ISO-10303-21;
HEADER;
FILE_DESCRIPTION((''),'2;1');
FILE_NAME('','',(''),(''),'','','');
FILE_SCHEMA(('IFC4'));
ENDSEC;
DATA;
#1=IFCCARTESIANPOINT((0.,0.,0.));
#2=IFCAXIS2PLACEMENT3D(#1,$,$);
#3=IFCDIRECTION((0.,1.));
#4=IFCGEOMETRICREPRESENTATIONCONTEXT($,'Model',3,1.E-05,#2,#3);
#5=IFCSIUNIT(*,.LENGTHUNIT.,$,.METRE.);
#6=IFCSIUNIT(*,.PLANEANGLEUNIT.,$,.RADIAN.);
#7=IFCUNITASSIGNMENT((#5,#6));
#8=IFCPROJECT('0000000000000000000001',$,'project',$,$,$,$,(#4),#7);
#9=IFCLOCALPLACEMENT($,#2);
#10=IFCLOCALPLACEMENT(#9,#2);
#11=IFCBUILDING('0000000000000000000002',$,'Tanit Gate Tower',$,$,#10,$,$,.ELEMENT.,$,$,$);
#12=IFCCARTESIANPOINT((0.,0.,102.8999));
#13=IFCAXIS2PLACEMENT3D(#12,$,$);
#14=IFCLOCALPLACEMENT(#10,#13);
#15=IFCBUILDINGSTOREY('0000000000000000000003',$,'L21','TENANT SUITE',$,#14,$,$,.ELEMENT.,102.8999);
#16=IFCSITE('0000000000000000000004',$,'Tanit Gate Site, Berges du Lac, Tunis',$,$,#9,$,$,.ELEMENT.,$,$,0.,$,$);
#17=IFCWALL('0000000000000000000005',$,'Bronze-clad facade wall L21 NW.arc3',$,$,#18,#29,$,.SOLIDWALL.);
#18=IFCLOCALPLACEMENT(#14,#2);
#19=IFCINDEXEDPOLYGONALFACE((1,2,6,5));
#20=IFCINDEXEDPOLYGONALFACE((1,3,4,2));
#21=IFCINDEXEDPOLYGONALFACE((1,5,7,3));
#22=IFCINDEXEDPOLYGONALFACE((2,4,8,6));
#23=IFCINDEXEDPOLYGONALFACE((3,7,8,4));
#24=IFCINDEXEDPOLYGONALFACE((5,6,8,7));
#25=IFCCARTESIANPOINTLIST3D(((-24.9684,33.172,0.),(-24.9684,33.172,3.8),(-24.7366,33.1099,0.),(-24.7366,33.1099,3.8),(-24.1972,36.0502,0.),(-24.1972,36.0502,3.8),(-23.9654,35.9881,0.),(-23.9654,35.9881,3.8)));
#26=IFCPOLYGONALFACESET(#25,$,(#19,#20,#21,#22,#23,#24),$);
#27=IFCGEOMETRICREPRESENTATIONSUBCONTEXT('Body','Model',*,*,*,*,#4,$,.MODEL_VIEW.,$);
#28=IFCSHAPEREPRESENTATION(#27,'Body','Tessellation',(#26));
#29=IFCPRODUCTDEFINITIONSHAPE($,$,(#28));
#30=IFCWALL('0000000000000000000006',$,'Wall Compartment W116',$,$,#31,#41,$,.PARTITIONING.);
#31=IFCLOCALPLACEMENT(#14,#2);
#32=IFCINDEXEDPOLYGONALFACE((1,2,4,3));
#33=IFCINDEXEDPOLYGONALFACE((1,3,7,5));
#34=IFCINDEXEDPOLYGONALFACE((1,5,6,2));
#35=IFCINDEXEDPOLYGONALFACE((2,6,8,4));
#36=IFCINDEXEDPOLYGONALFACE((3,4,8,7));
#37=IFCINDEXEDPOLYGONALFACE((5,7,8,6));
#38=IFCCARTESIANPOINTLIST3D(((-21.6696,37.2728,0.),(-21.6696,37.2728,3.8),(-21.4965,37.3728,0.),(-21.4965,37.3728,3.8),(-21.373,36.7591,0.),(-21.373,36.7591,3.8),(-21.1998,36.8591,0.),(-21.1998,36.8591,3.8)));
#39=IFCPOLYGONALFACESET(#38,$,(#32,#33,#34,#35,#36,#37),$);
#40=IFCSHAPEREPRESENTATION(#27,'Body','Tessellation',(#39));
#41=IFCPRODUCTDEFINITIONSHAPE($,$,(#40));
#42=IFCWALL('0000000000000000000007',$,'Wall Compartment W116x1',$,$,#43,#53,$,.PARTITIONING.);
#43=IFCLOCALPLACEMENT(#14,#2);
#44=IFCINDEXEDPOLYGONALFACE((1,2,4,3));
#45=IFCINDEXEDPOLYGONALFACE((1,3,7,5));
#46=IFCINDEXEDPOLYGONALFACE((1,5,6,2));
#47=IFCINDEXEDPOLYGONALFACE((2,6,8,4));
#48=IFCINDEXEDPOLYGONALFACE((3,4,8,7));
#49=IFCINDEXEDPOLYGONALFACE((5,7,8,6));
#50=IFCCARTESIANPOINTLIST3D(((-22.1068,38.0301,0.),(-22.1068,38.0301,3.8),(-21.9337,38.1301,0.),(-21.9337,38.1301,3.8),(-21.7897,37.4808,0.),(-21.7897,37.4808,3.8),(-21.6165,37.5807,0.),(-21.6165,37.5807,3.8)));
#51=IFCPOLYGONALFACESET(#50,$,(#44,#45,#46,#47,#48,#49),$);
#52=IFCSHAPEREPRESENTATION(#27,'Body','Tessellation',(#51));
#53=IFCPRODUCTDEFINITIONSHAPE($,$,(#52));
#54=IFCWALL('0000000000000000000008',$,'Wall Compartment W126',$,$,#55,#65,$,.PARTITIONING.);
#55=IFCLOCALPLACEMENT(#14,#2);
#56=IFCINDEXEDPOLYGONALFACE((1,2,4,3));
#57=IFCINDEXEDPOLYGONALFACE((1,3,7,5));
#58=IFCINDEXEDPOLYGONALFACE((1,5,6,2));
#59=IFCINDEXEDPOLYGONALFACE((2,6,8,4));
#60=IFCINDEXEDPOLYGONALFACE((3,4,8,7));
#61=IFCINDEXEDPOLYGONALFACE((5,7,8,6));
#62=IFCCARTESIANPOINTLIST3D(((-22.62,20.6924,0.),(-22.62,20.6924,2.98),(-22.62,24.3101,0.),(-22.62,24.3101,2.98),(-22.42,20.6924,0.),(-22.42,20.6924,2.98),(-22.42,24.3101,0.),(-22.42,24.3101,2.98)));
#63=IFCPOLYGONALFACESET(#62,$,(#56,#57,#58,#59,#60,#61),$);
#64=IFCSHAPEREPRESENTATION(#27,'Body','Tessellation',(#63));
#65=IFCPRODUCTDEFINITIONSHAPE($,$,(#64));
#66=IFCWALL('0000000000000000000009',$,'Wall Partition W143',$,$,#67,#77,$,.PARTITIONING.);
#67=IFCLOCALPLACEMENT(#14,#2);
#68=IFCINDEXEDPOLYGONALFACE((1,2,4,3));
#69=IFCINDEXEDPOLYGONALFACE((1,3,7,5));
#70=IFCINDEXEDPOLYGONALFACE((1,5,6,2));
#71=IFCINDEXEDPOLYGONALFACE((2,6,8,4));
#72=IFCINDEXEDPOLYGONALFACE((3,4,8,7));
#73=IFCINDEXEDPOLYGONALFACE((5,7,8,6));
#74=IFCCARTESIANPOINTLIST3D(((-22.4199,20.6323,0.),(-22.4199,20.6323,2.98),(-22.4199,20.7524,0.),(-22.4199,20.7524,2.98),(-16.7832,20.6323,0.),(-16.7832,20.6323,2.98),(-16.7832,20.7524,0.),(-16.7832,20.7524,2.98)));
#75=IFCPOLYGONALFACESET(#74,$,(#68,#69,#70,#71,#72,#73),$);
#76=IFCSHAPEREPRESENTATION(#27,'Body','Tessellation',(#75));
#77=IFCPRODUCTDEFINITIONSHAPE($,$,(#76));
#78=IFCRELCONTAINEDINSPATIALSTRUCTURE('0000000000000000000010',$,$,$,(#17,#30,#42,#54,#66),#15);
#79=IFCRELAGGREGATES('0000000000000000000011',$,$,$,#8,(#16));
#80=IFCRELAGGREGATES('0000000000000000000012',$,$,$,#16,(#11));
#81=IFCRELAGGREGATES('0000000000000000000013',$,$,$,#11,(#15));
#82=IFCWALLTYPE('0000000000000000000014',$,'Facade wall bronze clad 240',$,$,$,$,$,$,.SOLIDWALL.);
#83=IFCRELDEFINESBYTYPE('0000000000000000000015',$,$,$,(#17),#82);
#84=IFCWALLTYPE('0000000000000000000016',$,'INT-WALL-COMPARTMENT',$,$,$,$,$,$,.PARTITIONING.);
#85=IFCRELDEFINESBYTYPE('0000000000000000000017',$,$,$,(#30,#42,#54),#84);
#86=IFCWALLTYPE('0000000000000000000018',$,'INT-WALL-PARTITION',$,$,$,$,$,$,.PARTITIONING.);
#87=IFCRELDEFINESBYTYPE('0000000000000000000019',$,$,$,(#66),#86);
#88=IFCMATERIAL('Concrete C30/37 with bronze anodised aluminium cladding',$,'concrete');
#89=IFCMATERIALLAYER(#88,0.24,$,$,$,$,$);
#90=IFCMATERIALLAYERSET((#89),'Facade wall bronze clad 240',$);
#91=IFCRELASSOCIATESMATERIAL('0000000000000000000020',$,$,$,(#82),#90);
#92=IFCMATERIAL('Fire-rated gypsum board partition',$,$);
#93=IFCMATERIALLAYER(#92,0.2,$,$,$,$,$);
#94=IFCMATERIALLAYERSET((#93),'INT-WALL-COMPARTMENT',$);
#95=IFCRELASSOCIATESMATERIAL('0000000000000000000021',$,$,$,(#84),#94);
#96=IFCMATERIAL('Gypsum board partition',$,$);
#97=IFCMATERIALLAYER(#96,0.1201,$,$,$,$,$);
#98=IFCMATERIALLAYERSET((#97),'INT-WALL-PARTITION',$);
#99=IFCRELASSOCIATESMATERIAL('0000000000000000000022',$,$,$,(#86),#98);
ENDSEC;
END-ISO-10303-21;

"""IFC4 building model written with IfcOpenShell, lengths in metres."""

from ifc_helpers import new_model, si_unit, direction, frame, frame_2d, origin, place, context, subcontext, project, spatial, rectangle, extrude, material, layer, layer_set, type_object, element, save


model = new_model("IFC4")

# Units and contexts
model_context = context("Model", 3, precision=1e-05, world=origin(), true_north=direction((0.0, 1.0)))
body_context = subcontext(model_context, "Body", "Model", "MODEL_VIEW")
ifc_project = project(units=[si_unit("LENGTHUNIT", "METRE"), si_unit("PLANEANGLEUNIT", "RADIAN")], contexts=[model_context])

# Site, building, storey
site_placement = place(None, origin())
site = spatial("IfcSite", under=ifc_project, at=site_placement, Name="Tanit Gate Site, Berges du Lac, Tunis", CompositionType="ELEMENT", RefElevation=0.0)
building_placement = place(site_placement, origin())
building = spatial("IfcBuilding", under=site, at=building_placement, Name="Tanit Gate Tower", CompositionType="ELEMENT")
storey_placement = place(building_placement, frame((0.0, 0.0, 102.8999)))
storey = spatial("IfcBuildingStorey", under=building, at=storey_placement, Name="L21", Description="TENANT SUITE", CompositionType="ELEMENT", Elevation=102.8999)

# Walls
ifc_material_1 = material(Name="Concrete C30/37 with bronze anodised aluminium cladding", Category="concrete")
ifc_layer_1 = layer(ifc_material_1, 0.24)
ifc_layer_set_1 = layer_set([ifc_layer_1], Name="Facade wall bronze clad 240")
wall_type_1 = type_object("IfcWallType", Name="Facade wall bronze clad 240", PredefinedType="SOLIDWALL", material=ifc_layer_set_1)
wall_1_placement = place(storey_placement, frame((-24.0813, 36.019, 0.0), z_axis=(0.0, 0.0, 1.0), x_axis=(-0.25883, -0.965923, 0.0)))
element("IfcWall", 1, at=wall_1_placement, inside=storey, type_object=wall_type_1, Name="Bronze-clad facade wall L21 NW.arc3", PredefinedType="SOLIDWALL", context=body_context, shape_type="SweptSolid", body=[
    extrude(rectangle(XDim=2.9797, YDim=0.24, at=frame_2d((1.4897, 0.0))), origin(), (0.0, 0.0, 1.0), 3.8),
])
ifc_material_2 = material(Name="Fire-rated gypsum board partition")
ifc_layer_2 = layer(ifc_material_2, 0.2)
ifc_layer_set_2 = layer_set([ifc_layer_2], Name="INT-WALL-COMPARTMENT")
wall_type_2 = type_object("IfcWallType", Name="INT-WALL-COMPARTMENT", PredefinedType="PARTITIONING", material=ifc_layer_set_2)
wall_2_placement = place(storey_placement, frame((-21.2864, 36.8091, 0.0), z_axis=(0.0, 0.0, 1.0), x_axis=(-0.500079, 0.86598, 0.0)))
element("IfcWall", 2, at=wall_2_placement, inside=storey, type_object=wall_type_2, Name="Wall Compartment W116", PredefinedType="PARTITIONING", context=body_context, shape_type="SweptSolid", body=[
    extrude(rectangle(XDim=0.5933, YDim=0.2, at=frame_2d((0.2966, 0.0))), origin(), (0.0, 0.0, 1.0), 3.8),
])
wall_3_placement = place(storey_placement, frame((-21.7031, 37.5308, 0.0), z_axis=(0.0, 0.0, 1.0), x_axis=(-0.499989, 0.866032, 0.0)))
element("IfcWall", 3, at=wall_3_placement, inside=storey, type_object=wall_type_2, Name="Wall Compartment W116x1", PredefinedType="PARTITIONING", context=body_context, shape_type="SweptSolid", body=[
    extrude(rectangle(XDim=0.6343, YDim=0.2, at=frame_2d((0.3171, 0.0))), origin(), (0.0, 0.0, 1.0), 3.8),
])
wall_4_placement = place(storey_placement, frame((-22.52, 20.6924, 0.0), z_axis=(0.0, 0.0, 1.0), x_axis=(0.0, 1.0, 0.0)))
element("IfcWall", 4, at=wall_4_placement, inside=storey, type_object=wall_type_2, Name="Wall Compartment W126", PredefinedType="PARTITIONING", context=body_context, shape_type="SweptSolid", body=[
    extrude(rectangle(XDim=3.6177, YDim=0.2, at=frame_2d((1.8088, 0.0))), origin(), (0.0, 0.0, 1.0), 2.98),
])
ifc_material_3 = material(Name="Gypsum board partition")
ifc_layer_3 = layer(ifc_material_3, 0.1201)
ifc_layer_set_3 = layer_set([ifc_layer_3], Name="INT-WALL-PARTITION")
wall_type_3 = type_object("IfcWallType", Name="INT-WALL-PARTITION", PredefinedType="PARTITIONING", material=ifc_layer_set_3)
wall_5_placement = place(storey_placement, frame((-22.4199, 20.6924, 0.0), z_axis=(0.0, 0.0, 1.0), x_axis=(1.0, 0.0, 0.0)))
element("IfcWall", 5, at=wall_5_placement, inside=storey, type_object=wall_type_3, Name="Wall Partition W143", PredefinedType="PARTITIONING", context=body_context, shape_type="SweptSolid", body=[
    extrude(rectangle(XDim=5.6367, YDim=0.1201, at=frame_2d((2.8184, 0.0))), origin(), (0.0, 0.0, 1.0), 2.98),
])

save(model, "model.ifc")
